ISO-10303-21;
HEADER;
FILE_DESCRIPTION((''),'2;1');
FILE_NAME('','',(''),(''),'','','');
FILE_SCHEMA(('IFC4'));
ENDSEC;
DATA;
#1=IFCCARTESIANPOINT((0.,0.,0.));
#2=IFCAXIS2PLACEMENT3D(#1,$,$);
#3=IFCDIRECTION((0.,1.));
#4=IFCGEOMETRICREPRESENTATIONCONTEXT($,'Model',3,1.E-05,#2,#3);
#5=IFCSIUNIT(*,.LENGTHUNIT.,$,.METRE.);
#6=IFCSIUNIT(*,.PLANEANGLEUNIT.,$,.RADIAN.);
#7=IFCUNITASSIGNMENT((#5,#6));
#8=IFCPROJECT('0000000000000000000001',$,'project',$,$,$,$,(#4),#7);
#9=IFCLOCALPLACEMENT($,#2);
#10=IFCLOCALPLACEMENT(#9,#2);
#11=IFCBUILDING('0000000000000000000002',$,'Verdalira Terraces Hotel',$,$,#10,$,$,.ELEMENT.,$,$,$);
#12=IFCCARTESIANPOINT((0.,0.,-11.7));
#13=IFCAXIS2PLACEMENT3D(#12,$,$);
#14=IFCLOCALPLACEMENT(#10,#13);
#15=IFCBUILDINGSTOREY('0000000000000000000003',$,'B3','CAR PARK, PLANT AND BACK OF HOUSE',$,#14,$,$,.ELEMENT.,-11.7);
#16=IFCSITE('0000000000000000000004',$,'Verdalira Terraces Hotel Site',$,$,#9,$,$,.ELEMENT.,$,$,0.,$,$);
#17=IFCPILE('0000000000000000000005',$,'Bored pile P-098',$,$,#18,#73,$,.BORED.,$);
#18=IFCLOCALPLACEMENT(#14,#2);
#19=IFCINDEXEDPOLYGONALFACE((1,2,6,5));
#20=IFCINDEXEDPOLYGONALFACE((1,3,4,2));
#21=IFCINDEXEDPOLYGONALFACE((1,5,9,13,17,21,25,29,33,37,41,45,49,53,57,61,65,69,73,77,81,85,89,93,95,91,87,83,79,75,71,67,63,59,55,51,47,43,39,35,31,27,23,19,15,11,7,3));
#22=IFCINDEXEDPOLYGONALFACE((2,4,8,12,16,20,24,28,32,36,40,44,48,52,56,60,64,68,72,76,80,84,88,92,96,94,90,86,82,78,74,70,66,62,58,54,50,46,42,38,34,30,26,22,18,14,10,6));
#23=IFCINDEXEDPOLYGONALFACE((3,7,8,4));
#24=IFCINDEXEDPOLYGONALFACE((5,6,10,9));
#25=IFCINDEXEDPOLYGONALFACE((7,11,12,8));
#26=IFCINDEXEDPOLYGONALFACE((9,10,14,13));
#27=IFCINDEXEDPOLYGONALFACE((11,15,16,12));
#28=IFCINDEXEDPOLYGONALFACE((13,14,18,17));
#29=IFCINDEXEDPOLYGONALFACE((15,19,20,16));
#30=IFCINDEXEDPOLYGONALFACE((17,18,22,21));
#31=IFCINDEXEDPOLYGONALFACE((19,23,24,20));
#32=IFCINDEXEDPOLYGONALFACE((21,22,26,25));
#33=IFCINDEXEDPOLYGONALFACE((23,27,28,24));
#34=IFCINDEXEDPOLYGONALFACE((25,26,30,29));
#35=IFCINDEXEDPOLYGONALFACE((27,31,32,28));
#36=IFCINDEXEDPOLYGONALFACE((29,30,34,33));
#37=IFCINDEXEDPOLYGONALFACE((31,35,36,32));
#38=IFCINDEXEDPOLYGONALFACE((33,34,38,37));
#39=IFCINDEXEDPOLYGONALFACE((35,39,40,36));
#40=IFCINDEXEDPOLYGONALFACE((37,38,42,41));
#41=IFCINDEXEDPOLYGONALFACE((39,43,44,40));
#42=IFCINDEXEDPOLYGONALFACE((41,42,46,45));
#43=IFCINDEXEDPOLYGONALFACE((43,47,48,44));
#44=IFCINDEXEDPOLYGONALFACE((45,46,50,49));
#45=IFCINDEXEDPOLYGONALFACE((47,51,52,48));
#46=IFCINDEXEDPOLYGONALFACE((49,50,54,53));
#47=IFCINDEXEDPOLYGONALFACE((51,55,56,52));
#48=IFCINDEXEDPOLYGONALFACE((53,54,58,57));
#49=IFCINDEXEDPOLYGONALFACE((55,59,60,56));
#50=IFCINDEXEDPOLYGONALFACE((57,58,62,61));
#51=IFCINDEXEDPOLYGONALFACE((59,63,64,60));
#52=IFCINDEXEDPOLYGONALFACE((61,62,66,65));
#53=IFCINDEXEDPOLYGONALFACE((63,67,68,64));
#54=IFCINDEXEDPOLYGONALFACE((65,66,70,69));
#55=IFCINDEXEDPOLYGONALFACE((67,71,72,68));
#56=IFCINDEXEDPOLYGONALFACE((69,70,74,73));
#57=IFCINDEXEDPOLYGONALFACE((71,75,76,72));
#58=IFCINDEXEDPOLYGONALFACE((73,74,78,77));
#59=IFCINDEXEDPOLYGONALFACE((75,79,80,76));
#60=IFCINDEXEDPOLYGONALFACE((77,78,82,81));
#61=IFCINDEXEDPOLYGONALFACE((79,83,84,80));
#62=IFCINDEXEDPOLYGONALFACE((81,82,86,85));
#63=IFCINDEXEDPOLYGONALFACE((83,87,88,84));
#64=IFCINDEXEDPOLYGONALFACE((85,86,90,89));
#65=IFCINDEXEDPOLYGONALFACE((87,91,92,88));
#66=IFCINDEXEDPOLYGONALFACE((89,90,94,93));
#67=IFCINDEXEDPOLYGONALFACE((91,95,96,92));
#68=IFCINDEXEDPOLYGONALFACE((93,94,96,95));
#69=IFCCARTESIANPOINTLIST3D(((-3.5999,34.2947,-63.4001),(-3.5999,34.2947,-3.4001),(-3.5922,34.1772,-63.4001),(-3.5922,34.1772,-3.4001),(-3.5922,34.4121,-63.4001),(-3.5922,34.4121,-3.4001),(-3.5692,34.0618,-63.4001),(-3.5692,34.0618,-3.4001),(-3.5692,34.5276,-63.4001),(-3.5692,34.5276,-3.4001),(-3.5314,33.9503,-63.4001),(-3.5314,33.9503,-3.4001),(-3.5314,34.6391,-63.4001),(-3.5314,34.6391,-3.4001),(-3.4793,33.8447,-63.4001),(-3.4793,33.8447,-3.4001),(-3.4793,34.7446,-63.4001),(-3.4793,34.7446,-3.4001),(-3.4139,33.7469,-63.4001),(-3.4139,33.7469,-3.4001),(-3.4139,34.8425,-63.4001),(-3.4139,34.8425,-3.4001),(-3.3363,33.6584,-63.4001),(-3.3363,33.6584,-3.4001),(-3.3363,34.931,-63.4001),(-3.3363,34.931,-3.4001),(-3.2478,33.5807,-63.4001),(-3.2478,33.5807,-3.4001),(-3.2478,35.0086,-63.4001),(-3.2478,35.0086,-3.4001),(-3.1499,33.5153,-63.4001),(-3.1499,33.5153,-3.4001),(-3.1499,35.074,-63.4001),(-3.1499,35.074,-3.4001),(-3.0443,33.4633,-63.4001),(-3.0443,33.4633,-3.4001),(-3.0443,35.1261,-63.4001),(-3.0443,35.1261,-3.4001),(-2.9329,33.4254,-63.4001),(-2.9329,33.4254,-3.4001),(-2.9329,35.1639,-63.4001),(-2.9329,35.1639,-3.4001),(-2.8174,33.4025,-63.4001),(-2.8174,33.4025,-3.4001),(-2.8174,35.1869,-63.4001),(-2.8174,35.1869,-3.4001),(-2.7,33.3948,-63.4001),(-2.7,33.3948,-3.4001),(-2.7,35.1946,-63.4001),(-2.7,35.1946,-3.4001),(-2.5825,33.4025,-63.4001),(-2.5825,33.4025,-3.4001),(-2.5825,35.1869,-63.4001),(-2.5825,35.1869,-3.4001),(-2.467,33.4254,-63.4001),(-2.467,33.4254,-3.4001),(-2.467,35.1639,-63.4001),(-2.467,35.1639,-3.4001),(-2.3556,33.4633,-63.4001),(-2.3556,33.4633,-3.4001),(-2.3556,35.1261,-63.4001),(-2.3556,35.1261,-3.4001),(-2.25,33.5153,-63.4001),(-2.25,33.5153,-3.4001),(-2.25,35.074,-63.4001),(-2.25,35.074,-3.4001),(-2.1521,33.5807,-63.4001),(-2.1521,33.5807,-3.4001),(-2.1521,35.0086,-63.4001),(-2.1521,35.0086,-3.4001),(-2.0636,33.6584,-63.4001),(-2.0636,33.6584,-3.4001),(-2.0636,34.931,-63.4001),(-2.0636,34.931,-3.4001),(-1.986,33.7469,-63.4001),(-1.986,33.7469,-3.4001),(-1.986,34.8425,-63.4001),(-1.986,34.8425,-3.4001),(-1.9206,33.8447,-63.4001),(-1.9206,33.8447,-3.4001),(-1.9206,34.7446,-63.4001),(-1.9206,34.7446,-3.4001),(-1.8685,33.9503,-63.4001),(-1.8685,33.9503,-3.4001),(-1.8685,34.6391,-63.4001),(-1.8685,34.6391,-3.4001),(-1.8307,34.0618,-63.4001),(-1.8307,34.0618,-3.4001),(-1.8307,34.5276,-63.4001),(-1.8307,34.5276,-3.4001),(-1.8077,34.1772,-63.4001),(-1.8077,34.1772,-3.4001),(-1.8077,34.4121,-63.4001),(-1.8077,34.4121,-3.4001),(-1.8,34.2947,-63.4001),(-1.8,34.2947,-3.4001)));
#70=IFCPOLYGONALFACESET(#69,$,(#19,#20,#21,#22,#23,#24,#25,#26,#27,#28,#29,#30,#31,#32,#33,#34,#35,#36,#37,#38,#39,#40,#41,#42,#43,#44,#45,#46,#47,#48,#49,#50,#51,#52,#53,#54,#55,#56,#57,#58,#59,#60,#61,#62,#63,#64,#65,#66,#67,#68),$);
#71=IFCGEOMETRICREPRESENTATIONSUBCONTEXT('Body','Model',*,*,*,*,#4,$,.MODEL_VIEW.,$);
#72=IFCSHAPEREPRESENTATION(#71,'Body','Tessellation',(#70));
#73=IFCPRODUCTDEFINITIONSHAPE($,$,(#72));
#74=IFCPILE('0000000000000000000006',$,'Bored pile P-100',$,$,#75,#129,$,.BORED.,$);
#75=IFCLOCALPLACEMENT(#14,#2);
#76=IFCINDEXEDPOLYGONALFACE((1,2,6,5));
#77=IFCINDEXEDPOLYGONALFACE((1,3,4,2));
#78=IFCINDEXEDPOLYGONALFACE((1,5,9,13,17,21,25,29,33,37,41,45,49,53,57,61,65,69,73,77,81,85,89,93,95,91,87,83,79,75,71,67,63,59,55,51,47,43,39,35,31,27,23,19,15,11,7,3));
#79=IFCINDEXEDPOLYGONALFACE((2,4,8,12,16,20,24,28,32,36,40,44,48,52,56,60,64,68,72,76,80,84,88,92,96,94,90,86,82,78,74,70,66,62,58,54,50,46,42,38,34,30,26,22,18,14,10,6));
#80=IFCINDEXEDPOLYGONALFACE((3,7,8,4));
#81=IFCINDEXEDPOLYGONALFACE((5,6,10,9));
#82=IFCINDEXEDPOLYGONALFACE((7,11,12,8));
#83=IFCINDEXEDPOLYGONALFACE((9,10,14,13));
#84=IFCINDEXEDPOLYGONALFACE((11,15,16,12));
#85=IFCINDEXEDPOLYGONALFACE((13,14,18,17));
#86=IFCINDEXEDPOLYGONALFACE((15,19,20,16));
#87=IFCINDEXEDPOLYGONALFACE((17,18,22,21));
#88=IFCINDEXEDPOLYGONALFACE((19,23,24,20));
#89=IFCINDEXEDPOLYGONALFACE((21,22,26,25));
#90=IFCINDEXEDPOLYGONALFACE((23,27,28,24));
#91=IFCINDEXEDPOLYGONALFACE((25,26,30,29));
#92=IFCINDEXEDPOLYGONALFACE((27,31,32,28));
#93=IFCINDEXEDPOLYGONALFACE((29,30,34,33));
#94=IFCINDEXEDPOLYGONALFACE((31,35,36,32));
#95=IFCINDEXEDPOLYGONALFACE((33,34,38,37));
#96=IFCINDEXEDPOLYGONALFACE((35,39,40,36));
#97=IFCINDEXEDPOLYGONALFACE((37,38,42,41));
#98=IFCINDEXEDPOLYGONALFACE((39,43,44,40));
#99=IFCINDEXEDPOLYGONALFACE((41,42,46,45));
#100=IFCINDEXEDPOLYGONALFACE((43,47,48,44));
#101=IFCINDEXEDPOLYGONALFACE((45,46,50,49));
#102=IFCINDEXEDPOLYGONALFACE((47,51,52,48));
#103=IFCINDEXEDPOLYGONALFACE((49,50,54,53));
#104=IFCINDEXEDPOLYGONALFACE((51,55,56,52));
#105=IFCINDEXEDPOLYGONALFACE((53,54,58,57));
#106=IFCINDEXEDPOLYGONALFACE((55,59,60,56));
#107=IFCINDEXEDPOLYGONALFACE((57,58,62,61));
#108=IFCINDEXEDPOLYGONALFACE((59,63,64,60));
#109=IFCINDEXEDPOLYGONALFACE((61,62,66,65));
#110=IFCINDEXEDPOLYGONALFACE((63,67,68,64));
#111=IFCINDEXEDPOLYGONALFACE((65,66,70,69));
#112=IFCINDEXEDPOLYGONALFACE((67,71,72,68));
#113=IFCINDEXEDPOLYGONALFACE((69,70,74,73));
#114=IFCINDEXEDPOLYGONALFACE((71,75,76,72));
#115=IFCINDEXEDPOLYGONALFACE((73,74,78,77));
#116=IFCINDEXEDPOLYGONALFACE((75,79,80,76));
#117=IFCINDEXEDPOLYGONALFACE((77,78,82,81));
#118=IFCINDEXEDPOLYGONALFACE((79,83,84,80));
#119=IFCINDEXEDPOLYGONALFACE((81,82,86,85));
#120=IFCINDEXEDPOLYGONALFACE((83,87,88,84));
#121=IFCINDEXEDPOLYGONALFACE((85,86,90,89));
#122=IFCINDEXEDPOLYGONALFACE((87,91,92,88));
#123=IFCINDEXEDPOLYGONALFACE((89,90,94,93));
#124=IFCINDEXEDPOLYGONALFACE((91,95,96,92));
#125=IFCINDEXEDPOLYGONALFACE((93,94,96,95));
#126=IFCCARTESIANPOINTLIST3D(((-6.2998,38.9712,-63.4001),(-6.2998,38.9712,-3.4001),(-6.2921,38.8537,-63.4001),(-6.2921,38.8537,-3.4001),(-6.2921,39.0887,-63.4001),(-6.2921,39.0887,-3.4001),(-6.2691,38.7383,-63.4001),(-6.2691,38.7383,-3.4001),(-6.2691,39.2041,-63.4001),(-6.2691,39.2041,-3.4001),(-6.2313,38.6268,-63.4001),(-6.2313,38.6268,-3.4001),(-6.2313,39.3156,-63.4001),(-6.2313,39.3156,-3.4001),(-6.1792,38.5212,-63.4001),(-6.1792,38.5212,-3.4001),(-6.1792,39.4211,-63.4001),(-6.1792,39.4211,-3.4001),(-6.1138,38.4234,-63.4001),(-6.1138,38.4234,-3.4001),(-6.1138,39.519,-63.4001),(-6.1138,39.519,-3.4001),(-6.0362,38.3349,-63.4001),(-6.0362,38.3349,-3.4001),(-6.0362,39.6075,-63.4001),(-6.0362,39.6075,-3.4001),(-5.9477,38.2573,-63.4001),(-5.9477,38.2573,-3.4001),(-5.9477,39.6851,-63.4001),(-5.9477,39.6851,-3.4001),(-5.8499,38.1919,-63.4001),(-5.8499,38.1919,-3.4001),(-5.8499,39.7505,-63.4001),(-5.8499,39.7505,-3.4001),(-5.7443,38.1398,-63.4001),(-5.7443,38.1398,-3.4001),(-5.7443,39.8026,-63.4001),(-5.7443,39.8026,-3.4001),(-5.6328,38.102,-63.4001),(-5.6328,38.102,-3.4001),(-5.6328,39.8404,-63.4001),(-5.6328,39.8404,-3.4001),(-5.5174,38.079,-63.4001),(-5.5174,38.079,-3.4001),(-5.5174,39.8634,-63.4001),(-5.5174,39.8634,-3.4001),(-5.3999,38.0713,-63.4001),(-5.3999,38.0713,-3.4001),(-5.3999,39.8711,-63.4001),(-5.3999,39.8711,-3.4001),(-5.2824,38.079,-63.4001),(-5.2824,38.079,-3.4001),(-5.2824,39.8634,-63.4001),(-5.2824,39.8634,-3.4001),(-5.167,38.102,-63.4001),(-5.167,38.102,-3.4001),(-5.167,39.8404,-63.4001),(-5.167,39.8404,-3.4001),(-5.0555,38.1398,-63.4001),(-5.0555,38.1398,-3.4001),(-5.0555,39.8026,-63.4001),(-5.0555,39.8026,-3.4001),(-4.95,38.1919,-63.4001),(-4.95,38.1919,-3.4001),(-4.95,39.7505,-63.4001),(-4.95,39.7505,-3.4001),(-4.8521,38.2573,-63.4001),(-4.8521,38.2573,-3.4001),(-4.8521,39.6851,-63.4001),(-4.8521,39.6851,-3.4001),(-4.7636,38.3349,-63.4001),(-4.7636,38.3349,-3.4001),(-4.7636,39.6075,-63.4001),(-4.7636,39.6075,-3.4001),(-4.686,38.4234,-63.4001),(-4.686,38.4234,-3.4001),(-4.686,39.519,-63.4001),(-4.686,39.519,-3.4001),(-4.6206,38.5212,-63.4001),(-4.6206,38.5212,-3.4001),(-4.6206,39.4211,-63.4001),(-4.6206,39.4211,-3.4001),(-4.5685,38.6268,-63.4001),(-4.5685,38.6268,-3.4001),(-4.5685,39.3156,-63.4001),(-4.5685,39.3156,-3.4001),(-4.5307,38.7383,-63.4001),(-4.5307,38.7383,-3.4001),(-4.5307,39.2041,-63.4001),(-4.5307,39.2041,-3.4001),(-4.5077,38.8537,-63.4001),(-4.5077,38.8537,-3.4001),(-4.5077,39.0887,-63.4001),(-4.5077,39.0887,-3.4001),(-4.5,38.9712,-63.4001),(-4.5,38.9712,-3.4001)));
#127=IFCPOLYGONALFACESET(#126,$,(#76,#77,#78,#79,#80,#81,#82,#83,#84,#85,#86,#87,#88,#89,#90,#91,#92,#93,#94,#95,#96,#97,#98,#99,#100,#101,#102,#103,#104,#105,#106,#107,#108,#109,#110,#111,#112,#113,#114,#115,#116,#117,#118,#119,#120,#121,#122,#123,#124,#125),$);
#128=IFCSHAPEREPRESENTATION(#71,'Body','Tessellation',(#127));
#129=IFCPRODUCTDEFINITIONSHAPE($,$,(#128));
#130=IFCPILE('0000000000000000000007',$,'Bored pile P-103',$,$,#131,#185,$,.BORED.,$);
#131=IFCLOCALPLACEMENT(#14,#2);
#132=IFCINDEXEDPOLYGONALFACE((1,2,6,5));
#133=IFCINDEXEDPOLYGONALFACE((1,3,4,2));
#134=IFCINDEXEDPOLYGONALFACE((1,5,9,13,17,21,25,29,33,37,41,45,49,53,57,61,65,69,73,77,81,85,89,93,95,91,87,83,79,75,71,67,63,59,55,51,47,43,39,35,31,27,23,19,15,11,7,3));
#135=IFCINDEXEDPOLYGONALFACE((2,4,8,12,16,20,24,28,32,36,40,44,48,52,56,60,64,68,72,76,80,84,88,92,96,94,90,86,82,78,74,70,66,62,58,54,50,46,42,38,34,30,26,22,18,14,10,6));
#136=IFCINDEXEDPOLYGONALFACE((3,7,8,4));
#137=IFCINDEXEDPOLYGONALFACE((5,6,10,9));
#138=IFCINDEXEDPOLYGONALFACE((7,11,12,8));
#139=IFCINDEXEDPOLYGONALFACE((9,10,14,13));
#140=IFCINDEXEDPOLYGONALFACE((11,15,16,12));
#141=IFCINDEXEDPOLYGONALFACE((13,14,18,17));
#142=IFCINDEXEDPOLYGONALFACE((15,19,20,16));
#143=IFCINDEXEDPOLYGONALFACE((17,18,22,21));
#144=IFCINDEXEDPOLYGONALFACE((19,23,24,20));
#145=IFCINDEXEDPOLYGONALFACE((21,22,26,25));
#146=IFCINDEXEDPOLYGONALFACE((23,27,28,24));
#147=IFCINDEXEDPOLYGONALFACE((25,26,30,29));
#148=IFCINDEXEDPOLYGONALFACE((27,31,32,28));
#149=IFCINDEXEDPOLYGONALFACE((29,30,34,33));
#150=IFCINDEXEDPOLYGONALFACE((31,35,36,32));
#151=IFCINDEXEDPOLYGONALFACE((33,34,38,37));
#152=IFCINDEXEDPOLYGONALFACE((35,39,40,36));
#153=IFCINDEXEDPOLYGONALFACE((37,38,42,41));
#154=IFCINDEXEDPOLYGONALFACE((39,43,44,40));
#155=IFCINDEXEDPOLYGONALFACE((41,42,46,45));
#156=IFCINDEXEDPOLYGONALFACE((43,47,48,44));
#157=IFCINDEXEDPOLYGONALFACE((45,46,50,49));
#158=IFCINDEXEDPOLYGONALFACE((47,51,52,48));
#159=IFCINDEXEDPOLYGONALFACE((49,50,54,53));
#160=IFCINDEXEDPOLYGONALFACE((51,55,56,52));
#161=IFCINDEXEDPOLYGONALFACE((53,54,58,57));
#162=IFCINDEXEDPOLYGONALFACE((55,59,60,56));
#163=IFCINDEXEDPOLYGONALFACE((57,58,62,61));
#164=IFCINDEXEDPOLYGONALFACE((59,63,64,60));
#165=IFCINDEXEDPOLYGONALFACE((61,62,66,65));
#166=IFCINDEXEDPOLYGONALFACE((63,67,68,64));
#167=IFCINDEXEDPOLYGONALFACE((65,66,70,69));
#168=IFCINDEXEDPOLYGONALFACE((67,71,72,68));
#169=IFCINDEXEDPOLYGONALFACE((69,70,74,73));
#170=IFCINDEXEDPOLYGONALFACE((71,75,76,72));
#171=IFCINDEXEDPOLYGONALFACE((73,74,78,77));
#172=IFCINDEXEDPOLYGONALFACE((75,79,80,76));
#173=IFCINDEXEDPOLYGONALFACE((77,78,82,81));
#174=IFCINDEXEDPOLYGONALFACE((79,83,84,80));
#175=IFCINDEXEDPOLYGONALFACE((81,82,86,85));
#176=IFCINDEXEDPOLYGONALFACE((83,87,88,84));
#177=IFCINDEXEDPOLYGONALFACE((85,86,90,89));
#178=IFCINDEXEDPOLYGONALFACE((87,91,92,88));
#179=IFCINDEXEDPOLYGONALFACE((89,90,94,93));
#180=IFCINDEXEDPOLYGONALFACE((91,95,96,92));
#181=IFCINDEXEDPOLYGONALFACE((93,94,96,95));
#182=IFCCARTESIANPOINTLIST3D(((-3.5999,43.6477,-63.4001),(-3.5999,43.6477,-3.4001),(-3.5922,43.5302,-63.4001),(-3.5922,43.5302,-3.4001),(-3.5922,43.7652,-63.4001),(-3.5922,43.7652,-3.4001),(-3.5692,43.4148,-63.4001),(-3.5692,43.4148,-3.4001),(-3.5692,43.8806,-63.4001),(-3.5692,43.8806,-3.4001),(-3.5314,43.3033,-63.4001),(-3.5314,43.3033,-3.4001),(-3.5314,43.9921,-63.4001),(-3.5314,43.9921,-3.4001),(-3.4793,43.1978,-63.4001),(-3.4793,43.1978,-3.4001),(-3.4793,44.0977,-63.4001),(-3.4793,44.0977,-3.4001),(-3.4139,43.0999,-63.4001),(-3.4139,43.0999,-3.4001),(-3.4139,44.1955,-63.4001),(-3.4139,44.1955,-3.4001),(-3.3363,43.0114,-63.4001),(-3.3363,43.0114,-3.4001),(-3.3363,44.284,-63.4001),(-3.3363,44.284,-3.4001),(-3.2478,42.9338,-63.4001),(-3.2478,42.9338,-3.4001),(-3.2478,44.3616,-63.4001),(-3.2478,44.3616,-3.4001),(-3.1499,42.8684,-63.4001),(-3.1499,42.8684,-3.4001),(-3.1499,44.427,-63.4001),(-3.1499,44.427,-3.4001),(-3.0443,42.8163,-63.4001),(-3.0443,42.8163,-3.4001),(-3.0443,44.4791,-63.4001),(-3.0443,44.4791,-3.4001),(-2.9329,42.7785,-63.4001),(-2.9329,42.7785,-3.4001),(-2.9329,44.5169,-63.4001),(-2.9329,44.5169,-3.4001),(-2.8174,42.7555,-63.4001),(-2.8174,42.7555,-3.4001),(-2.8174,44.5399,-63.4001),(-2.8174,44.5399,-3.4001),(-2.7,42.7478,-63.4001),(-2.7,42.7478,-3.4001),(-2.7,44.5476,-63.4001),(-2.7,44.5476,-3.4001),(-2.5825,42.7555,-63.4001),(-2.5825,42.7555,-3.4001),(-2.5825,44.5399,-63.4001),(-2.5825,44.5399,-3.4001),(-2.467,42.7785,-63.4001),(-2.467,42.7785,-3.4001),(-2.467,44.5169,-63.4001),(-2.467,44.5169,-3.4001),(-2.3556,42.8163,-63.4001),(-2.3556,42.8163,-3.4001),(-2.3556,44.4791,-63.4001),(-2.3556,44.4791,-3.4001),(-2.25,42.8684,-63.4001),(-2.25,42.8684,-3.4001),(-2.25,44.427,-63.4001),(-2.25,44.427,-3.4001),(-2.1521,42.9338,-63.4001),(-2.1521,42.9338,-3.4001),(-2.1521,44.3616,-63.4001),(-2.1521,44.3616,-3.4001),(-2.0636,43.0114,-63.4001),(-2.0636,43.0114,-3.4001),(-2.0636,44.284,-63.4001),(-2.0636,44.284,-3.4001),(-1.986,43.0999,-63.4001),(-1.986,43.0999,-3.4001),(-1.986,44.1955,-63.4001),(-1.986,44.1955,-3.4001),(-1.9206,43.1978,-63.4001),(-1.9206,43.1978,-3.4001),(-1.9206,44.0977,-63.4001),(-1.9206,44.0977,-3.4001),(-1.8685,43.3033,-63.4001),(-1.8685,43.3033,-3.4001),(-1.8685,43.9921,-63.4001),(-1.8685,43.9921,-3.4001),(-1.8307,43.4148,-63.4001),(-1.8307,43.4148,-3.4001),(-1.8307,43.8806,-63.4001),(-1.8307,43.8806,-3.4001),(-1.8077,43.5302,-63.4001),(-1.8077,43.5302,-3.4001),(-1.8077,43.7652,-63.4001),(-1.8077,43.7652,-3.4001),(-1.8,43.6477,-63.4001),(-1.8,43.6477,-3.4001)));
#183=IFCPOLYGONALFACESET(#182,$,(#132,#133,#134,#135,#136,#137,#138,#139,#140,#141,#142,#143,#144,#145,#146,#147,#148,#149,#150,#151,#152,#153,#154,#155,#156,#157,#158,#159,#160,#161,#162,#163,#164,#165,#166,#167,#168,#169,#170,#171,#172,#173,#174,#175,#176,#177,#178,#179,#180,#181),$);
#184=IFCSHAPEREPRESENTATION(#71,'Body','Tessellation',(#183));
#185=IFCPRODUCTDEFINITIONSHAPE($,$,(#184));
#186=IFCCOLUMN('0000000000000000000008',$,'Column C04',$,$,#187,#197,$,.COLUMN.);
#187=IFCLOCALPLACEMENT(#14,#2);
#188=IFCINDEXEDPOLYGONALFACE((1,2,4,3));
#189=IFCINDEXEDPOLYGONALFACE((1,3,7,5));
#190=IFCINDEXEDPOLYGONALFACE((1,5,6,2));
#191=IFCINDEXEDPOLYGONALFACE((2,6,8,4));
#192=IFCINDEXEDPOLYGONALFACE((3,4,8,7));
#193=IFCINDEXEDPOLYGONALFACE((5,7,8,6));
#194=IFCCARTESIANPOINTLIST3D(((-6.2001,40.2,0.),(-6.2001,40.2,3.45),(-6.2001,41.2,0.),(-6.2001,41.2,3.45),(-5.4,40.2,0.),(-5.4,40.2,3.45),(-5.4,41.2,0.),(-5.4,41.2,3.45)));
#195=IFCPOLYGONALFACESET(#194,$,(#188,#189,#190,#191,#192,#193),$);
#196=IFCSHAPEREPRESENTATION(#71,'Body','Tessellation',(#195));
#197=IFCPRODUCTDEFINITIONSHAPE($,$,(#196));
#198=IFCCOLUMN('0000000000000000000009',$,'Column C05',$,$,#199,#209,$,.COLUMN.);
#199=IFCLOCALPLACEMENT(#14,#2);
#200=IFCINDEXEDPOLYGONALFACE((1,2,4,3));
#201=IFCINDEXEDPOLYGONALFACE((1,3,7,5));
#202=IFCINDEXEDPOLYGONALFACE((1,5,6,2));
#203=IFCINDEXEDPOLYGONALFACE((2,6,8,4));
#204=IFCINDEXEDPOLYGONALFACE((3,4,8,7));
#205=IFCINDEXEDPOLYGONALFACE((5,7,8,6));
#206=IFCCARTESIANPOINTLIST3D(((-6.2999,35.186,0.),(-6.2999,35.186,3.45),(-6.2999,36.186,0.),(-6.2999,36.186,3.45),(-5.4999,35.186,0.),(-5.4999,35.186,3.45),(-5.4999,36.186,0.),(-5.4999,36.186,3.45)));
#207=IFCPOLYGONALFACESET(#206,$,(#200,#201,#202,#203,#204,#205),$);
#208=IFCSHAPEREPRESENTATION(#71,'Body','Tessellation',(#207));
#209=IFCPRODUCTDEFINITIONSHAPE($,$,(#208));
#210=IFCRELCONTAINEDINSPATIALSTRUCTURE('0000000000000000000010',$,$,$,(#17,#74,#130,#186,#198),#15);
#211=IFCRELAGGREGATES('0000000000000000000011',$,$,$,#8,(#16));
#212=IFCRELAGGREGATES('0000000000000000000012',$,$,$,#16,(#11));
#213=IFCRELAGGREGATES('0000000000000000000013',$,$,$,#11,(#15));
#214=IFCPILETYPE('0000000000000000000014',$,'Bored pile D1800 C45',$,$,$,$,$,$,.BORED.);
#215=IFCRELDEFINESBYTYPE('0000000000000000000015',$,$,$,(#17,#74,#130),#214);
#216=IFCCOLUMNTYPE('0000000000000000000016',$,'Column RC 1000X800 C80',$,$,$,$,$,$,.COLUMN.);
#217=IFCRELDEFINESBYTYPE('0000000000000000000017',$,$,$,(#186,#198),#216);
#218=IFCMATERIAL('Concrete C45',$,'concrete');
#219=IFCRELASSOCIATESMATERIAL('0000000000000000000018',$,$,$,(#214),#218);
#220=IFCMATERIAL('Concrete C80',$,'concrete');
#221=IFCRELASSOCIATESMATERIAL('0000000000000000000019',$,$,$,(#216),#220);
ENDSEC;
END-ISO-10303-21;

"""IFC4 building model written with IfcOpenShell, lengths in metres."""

from ifc_helpers import new_model, si_unit, direction, frame, origin, origin_2d, place, context, subcontext, project, spatial, rectangle, circle, extrude, material, material_profile, profile_set, type_object, element, save


model = new_model("IFC4")

# Units and contexts
model_context = context("Model", 3, precision=1e-05, world=origin(), true_north=direction((0.0, 1.0)))
body_context = subcontext(model_context, "Body", "Model", "MODEL_VIEW")
ifc_project = project(units=[si_unit("LENGTHUNIT", "METRE"), si_unit("PLANEANGLEUNIT", "RADIAN")], contexts=[model_context])

# Site, building, storey
site_placement = place(None, origin())
site = spatial("IfcSite", under=ifc_project, at=site_placement, Name="Verdalira Terraces Hotel Site", CompositionType="ELEMENT", RefElevation=0.0)
building_placement = place(site_placement, origin())
building = spatial("IfcBuilding", under=site, at=building_placement, Name="Verdalira Terraces Hotel", CompositionType="ELEMENT")
storey_placement = place(building_placement, frame((0.0, 0.0, -11.7)))
storey = spatial("IfcBuildingStorey", under=building, at=storey_placement, Name="B3", Description="CAR PARK, PLANT AND BACK OF HOUSE", CompositionType="ELEMENT", Elevation=-11.7)

# Piles
ifc_material_1 = material(Name="Concrete C45", Category="concrete")
ifc_material_profile_1 = material_profile(ifc_material_1, circle(Radius=0.8999, at=origin_2d()), Name="D1800")
ifc_profile_set_1 = profile_set([ifc_material_profile_1], Name="Concrete C45")
pile_type = type_object("IfcPileType", Name="Bored pile D1800 C45", PredefinedType="BORED", material=ifc_profile_set_1)
for number, where, z_axis, x_axis, name in (
    (1, (-2.7, 34.2947, -3.4001), (0.0, 0.0, -1.0), (1.0, 0.0, 0.0), "Bored pile P-098"),
    (2, (-5.3999, 38.9712, -3.4001), (0.0, 0.0, -1.0), (1.0, 0.0, 0.0), "Bored pile P-100"),
    (3, (-2.7, 43.6477, -3.4001), (0.0, 0.0, -1.0), (1.0, 0.0, 0.0), "Bored pile P-103"),
):
    element("IfcPile", number, at=place(storey_placement, frame(where, z_axis=z_axis, x_axis=x_axis)), inside=storey, type_object=pile_type, Name=name, PredefinedType="BORED", context=body_context, shape_type="SweptSolid", body=[
        extrude(circle(Radius=0.8999, at=origin_2d()), origin(), (0.0, 0.0, 1.0), 60.0),
    ])

# Columns
ifc_material_2 = material(Name="Concrete C80", Category="concrete")
ifc_material_profile_2 = material_profile(ifc_material_2, rectangle(XDim=1.0, YDim=0.8, at=origin_2d()), Name="RC 1000X800")
ifc_profile_set_2 = profile_set([ifc_material_profile_2], Name="Concrete C80")
column_type_1 = type_object("IfcColumnType", Name="Column RC 1000X800 C80", PredefinedType="COLUMN", material=ifc_profile_set_2)
for number, where, z_axis, x_axis, name in (
    (4, (-5.8, 40.7, 0.0), (0.0, 0.0, 1.0), (0.0, -1.0, 0.0), "Column C04"),
    (5, (-5.8999, 35.686, 0.0), (0.0, 0.0, 1.0), (0.0, -1.0, 0.0), "Column C05"),
):
    element("IfcColumn", number, at=place(storey_placement, frame(where, z_axis=z_axis, x_axis=x_axis)), inside=storey, type_object=column_type_1, Name=name, PredefinedType="COLUMN", context=body_context, shape_type="SweptSolid", body=[
        extrude(rectangle(XDim=1.0, YDim=0.8, at=origin_2d()), origin(), (0.0, 0.0, 1.0), 3.45),
    ])

save(model, "model.ifc")
